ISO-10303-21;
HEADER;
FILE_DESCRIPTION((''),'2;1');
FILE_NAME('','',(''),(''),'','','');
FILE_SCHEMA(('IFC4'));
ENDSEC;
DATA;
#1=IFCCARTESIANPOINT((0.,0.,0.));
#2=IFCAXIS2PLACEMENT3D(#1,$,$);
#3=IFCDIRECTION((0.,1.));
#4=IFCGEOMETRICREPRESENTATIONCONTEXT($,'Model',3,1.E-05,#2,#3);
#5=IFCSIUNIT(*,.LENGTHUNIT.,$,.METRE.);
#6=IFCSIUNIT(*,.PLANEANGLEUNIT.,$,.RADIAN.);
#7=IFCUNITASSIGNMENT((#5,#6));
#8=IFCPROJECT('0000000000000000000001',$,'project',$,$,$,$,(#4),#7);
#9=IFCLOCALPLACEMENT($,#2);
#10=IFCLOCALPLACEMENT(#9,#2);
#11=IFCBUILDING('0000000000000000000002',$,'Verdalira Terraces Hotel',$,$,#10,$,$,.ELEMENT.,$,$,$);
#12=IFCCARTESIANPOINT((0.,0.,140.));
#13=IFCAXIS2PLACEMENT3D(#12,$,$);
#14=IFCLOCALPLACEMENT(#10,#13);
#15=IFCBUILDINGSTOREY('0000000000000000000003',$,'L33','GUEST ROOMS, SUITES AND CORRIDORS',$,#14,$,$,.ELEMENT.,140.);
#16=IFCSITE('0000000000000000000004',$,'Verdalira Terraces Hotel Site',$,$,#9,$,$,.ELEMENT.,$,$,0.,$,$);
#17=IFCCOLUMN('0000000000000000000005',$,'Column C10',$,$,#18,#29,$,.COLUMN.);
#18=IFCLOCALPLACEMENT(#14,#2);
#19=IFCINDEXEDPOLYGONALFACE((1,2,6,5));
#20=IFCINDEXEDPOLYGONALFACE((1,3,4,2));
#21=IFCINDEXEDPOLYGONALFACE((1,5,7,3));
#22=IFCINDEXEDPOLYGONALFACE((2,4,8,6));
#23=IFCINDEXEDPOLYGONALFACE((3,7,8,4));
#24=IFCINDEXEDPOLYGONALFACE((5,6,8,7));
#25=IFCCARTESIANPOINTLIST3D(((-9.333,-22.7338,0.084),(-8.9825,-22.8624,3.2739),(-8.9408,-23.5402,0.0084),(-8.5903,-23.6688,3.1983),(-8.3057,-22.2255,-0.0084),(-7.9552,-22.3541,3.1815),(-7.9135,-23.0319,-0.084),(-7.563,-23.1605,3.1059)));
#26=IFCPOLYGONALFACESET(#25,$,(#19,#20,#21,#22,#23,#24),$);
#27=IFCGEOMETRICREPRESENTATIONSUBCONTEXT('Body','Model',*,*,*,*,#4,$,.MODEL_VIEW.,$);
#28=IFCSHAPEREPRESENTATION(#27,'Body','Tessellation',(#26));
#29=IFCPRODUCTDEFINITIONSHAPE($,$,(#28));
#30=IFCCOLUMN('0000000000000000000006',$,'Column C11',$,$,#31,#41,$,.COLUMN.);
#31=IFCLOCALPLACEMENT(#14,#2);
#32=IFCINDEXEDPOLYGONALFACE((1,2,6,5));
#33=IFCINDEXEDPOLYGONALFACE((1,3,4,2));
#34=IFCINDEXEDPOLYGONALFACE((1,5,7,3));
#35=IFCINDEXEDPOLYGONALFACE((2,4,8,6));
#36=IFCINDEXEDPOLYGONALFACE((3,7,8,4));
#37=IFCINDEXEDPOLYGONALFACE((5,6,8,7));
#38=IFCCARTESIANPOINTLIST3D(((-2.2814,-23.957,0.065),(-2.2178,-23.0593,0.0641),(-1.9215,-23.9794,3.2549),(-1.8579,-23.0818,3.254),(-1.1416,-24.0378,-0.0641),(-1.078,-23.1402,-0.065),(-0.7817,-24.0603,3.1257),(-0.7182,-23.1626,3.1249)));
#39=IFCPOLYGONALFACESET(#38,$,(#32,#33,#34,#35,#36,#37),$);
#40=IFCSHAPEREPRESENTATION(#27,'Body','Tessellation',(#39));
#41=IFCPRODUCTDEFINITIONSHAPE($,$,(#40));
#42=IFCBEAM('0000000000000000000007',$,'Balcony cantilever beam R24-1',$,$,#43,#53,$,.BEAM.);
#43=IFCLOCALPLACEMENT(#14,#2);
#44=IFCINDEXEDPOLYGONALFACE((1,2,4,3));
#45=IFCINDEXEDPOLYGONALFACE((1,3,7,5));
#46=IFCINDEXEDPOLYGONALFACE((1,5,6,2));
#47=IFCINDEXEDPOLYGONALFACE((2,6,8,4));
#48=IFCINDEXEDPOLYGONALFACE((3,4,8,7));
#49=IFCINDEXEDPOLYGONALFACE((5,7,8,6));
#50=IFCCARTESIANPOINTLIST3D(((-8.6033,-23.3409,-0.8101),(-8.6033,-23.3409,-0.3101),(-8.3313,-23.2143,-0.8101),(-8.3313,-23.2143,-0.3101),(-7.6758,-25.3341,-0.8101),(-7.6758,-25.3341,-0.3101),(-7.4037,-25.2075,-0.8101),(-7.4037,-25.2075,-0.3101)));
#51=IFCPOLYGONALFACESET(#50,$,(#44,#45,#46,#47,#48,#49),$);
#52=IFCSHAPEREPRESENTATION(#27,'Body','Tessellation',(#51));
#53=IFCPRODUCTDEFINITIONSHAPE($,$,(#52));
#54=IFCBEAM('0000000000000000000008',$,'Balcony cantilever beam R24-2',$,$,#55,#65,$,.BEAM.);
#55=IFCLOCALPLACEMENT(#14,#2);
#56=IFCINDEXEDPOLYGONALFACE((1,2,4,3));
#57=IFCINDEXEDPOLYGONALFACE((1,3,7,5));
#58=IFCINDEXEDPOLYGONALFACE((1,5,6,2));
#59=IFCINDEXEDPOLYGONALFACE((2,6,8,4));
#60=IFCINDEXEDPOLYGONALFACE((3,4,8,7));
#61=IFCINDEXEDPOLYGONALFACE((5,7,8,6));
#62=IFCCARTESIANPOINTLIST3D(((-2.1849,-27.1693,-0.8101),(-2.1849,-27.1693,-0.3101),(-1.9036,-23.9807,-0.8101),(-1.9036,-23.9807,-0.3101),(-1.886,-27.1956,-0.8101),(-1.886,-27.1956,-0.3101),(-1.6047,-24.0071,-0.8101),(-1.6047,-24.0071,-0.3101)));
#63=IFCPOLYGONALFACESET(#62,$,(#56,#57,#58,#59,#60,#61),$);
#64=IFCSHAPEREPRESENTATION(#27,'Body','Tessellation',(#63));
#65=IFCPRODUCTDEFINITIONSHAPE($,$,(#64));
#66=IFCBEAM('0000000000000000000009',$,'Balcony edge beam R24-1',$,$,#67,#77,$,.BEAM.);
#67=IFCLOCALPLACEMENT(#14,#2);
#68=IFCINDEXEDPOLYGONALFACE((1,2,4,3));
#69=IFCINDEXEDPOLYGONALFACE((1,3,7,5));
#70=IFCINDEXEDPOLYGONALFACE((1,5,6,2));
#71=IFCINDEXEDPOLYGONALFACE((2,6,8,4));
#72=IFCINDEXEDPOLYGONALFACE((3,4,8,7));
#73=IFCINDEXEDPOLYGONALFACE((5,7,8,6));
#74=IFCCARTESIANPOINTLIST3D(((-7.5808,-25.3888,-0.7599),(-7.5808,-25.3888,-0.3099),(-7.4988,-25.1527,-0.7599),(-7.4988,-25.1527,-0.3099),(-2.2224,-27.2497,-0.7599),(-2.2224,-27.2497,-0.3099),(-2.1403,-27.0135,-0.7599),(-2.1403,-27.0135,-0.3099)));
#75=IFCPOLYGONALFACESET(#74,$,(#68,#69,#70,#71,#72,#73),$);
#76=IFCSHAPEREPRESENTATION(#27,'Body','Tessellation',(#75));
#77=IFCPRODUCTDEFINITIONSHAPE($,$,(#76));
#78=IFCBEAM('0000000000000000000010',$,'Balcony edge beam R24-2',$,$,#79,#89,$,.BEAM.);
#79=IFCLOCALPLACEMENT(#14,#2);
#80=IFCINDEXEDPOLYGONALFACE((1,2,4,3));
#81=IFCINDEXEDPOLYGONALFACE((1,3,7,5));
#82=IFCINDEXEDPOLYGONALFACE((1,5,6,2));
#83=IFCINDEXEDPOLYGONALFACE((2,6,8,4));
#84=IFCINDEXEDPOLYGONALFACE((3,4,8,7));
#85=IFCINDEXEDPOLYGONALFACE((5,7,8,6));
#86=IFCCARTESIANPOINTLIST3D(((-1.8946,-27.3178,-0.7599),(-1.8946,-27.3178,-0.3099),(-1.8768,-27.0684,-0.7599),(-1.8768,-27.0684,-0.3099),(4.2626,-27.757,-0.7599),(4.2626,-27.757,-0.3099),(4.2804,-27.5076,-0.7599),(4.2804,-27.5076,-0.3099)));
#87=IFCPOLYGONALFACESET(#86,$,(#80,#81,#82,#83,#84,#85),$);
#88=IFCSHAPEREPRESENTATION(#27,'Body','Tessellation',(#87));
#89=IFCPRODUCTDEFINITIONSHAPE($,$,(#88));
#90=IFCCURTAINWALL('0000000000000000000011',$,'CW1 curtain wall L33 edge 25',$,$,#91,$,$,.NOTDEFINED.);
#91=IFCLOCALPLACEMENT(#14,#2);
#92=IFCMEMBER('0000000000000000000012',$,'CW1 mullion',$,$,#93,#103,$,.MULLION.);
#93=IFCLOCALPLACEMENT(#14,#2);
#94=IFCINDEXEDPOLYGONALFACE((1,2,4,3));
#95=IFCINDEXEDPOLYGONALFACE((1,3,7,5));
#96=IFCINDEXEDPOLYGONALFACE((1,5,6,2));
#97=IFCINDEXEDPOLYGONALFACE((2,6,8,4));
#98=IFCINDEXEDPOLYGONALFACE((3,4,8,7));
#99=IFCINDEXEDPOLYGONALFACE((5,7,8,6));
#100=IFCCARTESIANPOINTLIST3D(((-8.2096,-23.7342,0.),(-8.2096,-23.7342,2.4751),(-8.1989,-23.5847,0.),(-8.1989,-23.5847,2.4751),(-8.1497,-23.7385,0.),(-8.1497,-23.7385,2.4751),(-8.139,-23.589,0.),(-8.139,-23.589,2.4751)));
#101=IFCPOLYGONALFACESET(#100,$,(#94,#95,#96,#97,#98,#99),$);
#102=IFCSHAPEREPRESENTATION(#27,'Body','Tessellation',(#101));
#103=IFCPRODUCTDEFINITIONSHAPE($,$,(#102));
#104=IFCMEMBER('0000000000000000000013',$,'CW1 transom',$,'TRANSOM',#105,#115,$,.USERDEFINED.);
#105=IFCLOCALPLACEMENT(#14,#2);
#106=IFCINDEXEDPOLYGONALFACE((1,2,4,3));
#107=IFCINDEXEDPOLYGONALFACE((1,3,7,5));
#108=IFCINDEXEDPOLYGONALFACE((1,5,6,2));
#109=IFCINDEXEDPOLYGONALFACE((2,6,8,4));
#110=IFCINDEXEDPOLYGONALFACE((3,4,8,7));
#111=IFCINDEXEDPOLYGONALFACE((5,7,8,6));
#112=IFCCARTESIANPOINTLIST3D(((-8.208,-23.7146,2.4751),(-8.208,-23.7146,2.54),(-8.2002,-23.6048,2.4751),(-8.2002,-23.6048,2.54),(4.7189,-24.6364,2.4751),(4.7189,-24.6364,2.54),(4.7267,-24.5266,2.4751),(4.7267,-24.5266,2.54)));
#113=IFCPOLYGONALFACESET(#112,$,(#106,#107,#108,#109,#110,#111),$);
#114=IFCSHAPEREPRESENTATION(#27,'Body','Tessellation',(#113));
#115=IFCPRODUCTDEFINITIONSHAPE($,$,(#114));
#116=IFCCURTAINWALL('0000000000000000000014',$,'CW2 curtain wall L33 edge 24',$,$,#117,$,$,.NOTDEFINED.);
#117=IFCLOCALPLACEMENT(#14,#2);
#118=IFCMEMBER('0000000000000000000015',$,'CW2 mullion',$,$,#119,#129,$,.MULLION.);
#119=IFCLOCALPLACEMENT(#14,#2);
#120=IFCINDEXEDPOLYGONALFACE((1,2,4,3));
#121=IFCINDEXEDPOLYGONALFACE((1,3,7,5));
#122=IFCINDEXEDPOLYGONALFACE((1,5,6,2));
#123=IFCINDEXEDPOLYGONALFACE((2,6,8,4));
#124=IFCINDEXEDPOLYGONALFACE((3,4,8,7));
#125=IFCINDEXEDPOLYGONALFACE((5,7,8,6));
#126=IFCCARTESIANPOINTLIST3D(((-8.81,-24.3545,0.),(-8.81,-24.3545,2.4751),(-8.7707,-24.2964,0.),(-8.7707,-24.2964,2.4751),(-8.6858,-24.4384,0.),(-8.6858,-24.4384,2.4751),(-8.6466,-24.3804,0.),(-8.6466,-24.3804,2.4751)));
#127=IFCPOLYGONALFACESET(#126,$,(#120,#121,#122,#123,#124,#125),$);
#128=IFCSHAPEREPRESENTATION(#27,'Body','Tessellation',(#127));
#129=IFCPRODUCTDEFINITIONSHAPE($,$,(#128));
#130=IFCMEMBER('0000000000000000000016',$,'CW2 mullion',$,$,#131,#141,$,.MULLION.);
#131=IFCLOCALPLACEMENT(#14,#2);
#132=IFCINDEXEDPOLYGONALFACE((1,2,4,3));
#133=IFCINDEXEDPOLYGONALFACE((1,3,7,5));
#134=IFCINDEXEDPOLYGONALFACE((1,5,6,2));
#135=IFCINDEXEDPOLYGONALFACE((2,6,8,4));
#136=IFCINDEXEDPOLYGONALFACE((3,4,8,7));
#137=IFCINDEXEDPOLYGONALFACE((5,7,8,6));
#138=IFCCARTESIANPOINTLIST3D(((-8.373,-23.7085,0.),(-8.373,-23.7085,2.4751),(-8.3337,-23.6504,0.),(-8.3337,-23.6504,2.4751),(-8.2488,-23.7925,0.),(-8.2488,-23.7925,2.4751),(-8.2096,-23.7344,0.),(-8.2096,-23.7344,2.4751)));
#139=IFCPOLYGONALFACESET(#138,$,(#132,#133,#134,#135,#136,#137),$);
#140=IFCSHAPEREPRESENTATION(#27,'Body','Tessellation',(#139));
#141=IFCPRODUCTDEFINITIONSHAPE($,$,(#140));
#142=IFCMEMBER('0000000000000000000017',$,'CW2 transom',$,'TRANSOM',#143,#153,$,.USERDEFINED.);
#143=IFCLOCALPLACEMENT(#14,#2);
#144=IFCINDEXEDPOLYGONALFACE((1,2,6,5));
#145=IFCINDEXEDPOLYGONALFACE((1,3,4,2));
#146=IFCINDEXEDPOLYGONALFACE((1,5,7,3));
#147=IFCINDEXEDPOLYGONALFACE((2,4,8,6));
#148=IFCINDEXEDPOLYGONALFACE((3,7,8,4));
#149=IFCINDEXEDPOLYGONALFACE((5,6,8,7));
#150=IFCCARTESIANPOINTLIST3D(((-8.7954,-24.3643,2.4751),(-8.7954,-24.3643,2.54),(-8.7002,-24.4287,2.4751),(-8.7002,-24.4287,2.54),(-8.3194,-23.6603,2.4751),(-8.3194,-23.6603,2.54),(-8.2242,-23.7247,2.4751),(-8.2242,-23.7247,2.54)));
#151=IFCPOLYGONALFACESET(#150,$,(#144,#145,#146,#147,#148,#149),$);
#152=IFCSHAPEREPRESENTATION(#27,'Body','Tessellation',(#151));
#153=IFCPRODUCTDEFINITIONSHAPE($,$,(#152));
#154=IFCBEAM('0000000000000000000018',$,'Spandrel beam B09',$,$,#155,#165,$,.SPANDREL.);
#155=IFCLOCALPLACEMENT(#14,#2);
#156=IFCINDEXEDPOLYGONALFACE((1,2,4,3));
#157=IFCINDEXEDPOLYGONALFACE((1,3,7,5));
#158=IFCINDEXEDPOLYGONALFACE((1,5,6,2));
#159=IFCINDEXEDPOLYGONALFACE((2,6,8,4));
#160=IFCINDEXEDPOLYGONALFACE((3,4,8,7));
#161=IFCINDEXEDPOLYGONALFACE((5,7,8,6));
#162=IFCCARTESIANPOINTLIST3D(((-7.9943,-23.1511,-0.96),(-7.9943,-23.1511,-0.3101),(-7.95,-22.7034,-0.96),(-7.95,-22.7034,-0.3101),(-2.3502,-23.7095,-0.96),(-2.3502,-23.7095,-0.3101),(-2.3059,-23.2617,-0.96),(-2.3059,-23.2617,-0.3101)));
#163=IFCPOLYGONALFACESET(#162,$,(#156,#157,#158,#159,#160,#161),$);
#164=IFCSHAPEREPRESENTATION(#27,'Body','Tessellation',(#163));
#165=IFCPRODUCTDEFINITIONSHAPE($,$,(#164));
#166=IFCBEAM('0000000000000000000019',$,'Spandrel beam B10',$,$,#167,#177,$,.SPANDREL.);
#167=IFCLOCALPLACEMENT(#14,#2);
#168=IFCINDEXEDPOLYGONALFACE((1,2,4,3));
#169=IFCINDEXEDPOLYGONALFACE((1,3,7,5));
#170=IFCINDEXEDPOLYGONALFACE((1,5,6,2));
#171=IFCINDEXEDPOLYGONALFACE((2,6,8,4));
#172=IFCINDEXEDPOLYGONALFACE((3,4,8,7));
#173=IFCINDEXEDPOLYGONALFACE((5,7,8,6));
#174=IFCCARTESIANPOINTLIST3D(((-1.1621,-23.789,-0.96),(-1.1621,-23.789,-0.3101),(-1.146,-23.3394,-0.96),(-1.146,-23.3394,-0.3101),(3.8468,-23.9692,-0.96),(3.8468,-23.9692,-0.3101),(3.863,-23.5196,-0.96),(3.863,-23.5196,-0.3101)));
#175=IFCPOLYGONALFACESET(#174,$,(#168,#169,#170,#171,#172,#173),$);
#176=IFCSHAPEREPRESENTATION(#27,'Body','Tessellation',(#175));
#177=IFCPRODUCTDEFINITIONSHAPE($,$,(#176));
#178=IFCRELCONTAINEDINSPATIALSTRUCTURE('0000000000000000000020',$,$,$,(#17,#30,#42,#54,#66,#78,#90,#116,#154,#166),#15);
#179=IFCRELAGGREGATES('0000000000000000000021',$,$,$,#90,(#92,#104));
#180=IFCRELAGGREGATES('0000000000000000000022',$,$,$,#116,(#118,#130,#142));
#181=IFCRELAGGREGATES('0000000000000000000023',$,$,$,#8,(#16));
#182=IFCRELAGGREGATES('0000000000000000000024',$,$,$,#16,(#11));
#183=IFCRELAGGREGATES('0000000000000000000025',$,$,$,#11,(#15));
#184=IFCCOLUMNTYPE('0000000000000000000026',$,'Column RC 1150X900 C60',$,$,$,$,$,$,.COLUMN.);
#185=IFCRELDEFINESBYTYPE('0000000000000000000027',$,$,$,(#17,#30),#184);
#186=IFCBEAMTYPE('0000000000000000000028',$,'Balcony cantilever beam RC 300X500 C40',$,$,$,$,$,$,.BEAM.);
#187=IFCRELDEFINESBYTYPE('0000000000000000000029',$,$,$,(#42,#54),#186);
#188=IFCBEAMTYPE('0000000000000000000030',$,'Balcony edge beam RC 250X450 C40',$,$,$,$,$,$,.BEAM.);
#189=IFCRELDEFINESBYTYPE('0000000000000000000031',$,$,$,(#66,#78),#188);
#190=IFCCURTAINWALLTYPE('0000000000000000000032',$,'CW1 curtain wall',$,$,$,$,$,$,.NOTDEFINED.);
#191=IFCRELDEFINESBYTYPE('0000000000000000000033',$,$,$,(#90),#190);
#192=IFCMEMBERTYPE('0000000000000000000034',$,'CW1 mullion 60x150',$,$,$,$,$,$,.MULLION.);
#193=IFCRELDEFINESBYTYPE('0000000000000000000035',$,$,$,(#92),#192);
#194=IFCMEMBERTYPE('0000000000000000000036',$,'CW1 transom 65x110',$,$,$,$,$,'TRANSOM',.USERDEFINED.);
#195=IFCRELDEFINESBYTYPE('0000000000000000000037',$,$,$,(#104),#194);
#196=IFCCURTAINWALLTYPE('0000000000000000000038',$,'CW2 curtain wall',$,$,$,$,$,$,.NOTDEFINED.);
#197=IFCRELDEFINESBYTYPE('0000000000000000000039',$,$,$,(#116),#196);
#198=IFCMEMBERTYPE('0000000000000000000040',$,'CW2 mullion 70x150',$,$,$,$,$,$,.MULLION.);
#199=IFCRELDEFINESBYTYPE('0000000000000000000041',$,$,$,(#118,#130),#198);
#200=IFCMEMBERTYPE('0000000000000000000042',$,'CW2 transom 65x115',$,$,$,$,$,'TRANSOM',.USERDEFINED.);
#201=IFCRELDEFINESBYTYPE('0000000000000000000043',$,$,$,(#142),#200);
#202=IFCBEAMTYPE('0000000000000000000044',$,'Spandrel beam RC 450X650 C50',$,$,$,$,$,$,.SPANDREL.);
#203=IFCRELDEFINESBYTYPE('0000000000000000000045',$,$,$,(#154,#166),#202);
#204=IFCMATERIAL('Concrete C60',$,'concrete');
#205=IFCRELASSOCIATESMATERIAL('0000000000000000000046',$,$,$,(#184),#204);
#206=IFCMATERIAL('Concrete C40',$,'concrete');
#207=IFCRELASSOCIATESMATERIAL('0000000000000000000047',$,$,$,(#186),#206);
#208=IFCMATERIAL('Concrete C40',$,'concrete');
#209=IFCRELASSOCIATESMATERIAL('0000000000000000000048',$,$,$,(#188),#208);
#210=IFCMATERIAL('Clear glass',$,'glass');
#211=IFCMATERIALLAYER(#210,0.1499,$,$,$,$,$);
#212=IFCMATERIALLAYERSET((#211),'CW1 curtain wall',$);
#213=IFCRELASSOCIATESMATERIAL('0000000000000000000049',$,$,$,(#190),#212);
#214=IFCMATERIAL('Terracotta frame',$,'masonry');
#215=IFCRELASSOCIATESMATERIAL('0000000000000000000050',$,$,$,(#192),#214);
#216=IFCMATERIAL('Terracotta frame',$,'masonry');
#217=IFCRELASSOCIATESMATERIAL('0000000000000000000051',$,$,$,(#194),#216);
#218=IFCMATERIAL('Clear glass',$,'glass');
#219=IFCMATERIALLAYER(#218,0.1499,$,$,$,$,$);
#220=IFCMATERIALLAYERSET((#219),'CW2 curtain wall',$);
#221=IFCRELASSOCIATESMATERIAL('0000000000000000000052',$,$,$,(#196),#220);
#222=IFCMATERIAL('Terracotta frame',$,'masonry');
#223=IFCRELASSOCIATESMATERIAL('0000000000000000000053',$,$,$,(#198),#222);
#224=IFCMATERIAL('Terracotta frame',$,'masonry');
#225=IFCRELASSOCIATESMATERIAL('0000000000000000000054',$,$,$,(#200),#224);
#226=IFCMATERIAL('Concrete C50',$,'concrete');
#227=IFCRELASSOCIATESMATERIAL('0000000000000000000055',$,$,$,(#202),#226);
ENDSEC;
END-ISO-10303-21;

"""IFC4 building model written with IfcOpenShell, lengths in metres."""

from ifc_helpers import new_model, si_unit, direction, frame, origin, origin_2d, place, context, subcontext, project, spatial, rectangle, extrude, material, layer, layer_set, material_profile, profile_set, type_object, element, aggregate, save


model = new_model("IFC4")

# Units and contexts
model_context = context("Model", 3, precision=1e-05, world=origin(), true_north=direction((0.0, 1.0)))
body_context = subcontext(model_context, "Body", "Model", "MODEL_VIEW")
ifc_project = project(units=[si_unit("LENGTHUNIT", "METRE"), si_unit("PLANEANGLEUNIT", "RADIAN")], contexts=[model_context])

# Site, building, storey
site_placement = place(None, origin())
site = spatial("IfcSite", under=ifc_project, at=site_placement, Name="Verdalira Terraces Hotel Site", CompositionType="ELEMENT", RefElevation=0.0)
building_placement = place(site_placement, origin())
building = spatial("IfcBuilding", under=site, at=building_placement, Name="Verdalira Terraces Hotel", CompositionType="ELEMENT")
storey_placement = place(building_placement, frame((0.0, 0.0, 140.0)))
storey = spatial("IfcBuildingStorey", under=building, at=storey_placement, Name="L33", Description="GUEST ROOMS, SUITES AND CORRIDORS", CompositionType="ELEMENT", Elevation=140.0)

# Columns
ifc_material_1 = material(Name="Concrete C60", Category="concrete")
ifc_material_profile_1 = material_profile(ifc_material_1, rectangle(XDim=1.1499, YDim=0.8999, at=origin_2d()), Name="RC 1150X900")
ifc_profile_set_1 = profile_set([ifc_material_profile_1], Name="Concrete C60")
column_type = type_object("IfcColumnType", Name="Column RC 1150X900 C60", PredefinedType="COLUMN", material=ifc_profile_set_1)
column_1_placement = place(storey_placement, frame((-8.6233, -22.8828, 0.0), z_axis=(0.109158, -0.04006, 0.993217), x_axis=(-0.893389, -0.44204, 0.080358)))
element("IfcColumn", 1, at=column_1_placement, inside=storey, type_object=column_type, Name="Column C10", PredefinedType="COLUMN", context=body_context, shape_type="SweptSolid", body=[
    extrude(rectangle(XDim=1.1499, YDim=0.8999, at=origin_2d()), origin(), (0.0, 0.0, 1.0), 3.2117),
])
column_2_placement = place(storey_placement, frame((-1.6797, -23.5486, 0.0), z_axis=(0.112098, -0.006997, 0.993673), x_axis=(0.991182, -0.070313, -0.112312)))
element("IfcColumn", 2, at=column_2_placement, inside=storey, type_object=column_type, Name="Column C11", PredefinedType="COLUMN", context=body_context, shape_type="SweptSolid", body=[
    extrude(rectangle(XDim=1.1499, YDim=0.8999, at=origin_2d()), origin(), (0.0, 0.0, 1.0), 3.2102),
])

# Beams
ifc_material_2 = material(Name="Concrete C40", Category="concrete")
ifc_material_profile_2 = material_profile(ifc_material_2, rectangle(XDim=0.3, YDim=0.5, at=origin_2d()), Name="RC 300X500")
ifc_profile_set_2 = profile_set([ifc_material_profile_2], Name="Concrete C40")
beam_type_1 = type_object("IfcBeamType", Name="Balcony cantilever beam RC 300X500 C40", PredefinedType="BEAM", material=ifc_profile_set_2)
beam_1_placement = place(storey_placement, frame((-8.4673, -23.2776, -0.5601), z_axis=(0.421894, -0.906645, 0.0), x_axis=(0.906645, 0.421894, 0.0)))
element("IfcBeam", 3, at=beam_1_placement, inside=storey, type_object=beam_type_1, Name="Balcony cantilever beam R24-1", PredefinedType="BEAM", context=body_context, shape_type="SweptSolid", body=[
    extrude(rectangle(XDim=0.3, YDim=0.5, at=origin_2d()), origin(), (0.0, 0.0, 1.0), 2.1985),
])
beam_2_placement = place(storey_placement, frame((-1.7542, -23.9939, -0.5601), z_axis=(-0.087867, -0.996132, 0.0), x_axis=(0.996132, -0.087867, 0.0)))
element("IfcBeam", 4, at=beam_2_placement, inside=storey, type_object=beam_type_1, Name="Balcony cantilever beam R24-2", PredefinedType="BEAM", context=body_context, shape_type="SweptSolid", body=[
    extrude(rectangle(XDim=0.3, YDim=0.5, at=origin_2d()), origin(), (0.0, 0.0, 1.0), 3.2009),
])
ifc_material_3 = material(Name="Concrete C40", Category="concrete")
ifc_material_profile_3 = material_profile(ifc_material_3, rectangle(XDim=0.25, YDim=0.45, at=origin_2d()), Name="RC 250X450")
ifc_profile_set_3 = profile_set([ifc_material_profile_3], Name="Concrete C40")
beam_type_2 = type_object("IfcBeamType", Name="Balcony edge beam RC 250X450 C40", PredefinedType="BEAM", material=ifc_profile_set_3)
beam_3_placement = place(storey_placement, frame((-7.5398, -25.2708, -0.5349), z_axis=(0.944658, -0.328056, 0.0), x_axis=(0.328056, 0.944658, 0.0)))
element("IfcBeam", 5, at=beam_3_placement, inside=storey, type_object=beam_type_2, Name="Balcony edge beam R24-1", PredefinedType="BEAM", context=body_context, shape_type="SweptSolid", body=[
    extrude(rectangle(XDim=0.25, YDim=0.45, at=origin_2d()), origin(), (0.0, 0.0, 1.0), 5.6724),
])
beam_4_placement = place(storey_placement, frame((-1.8857, -27.1931, -0.5349), z_axis=(0.997466, -0.071151, 0.0), x_axis=(0.071151, 0.997466, 0.0)))
element("IfcBeam", 6, at=beam_4_placement, inside=storey, type_object=beam_type_2, Name="Balcony edge beam R24-2", PredefinedType="BEAM", context=body_context, shape_type="SweptSolid", body=[
    extrude(rectangle(XDim=0.25, YDim=0.45, at=origin_2d()), origin(), (0.0, 0.0, 1.0), 6.1729),
])

# Curtain walls, members
ifc_material_4 = material(Name="Clear glass", Category="glass")
ifc_layer_1 = layer(ifc_material_4, 0.1499)
ifc_layer_set_1 = layer_set([ifc_layer_1], Name="CW1 curtain wall")
curtain_wall_type_1 = type_object("IfcCurtainWallType", Name="CW1 curtain wall", PredefinedType="NOTDEFINED", material=ifc_layer_set_1)
curtain_wall_1_placement = place(storey_placement, origin())
curtain_wall_1 = element("IfcCurtainWall", 7, at=curtain_wall_1_placement, inside=storey, type_object=curtain_wall_type_1, Name="CW1 curtain wall L33 edge 25", PredefinedType="NOTDEFINED")
ifc_material_5 = material(Name="Terracotta frame", Category="masonry")
ifc_material_profile_4 = material_profile(ifc_material_5, rectangle(XDim=0.0601, YDim=0.1499, at=origin_2d()), Name="MU 60x150")
ifc_profile_set_4 = profile_set([ifc_material_profile_4], Name="Terracotta frame")
member_type_1 = type_object("IfcMemberType", Name="CW1 mullion 60x150", PredefinedType="MULLION", material=ifc_profile_set_4)
member_1_placement = place(storey_placement, frame((-8.1743, -23.6616, 0.0), z_axis=(0.0, 0.0, 1.0), x_axis=(0.997466, -0.071149, 0.0)))
member_1 = element("IfcMember", 8, at=member_1_placement, type_object=member_type_1, Name="CW1 mullion", PredefinedType="MULLION", context=body_context, shape_type="SweptSolid", body=[
    extrude(rectangle(XDim=0.0601, YDim=0.1499, at=origin_2d()), origin(), (0.0, 0.0, 1.0), 2.4751),
])
ifc_material_6 = material(Name="Terracotta frame", Category="masonry")
ifc_material_profile_5 = material_profile(ifc_material_6, rectangle(XDim=0.1101, YDim=0.0649, at=origin_2d()), Name="TR 65x110")
ifc_profile_set_5 = profile_set([ifc_material_profile_5], Name="Terracotta frame")
member_type_2 = type_object("IfcMemberType", Name="CW1 transom 65x110", ElementType="TRANSOM", PredefinedType="USERDEFINED", material=ifc_profile_set_5)
member_2_placement = place(storey_placement, frame((-8.2041, -23.6597, 2.5076), z_axis=(0.997467, -0.071133, 0.0), x_axis=(0.071133, 0.997467, 0.0)))
member_2 = element("IfcMember", 9, at=member_2_placement, type_object=member_type_2, Name="CW1 transom", ObjectType="TRANSOM", PredefinedType="USERDEFINED", context=body_context, shape_type="SweptSolid", body=[
    extrude(rectangle(XDim=0.1101, YDim=0.0649, at=origin_2d()), origin(), (0.0, 0.0, 1.0), 12.9597),
])
ifc_material_7 = material(Name="Clear glass", Category="glass")
ifc_layer_2 = layer(ifc_material_7, 0.1499)
ifc_layer_set_2 = layer_set([ifc_layer_2], Name="CW2 curtain wall")
curtain_wall_type_2 = type_object("IfcCurtainWallType", Name="CW2 curtain wall", PredefinedType="NOTDEFINED", material=ifc_layer_set_2)
curtain_wall_2_placement = place(storey_placement, origin())
curtain_wall_2 = element("IfcCurtainWall", 10, at=curtain_wall_2_placement, inside=storey, type_object=curtain_wall_type_2, Name="CW2 curtain wall L33 edge 24", PredefinedType="NOTDEFINED")
ifc_material_8 = material(Name="Terracotta frame", Category="masonry")
ifc_material_profile_6 = material_profile(ifc_material_8, rectangle(XDim=0.0701, YDim=0.1499, at=origin_2d()), Name="MU 70x150")
ifc_profile_set_6 = profile_set([ifc_material_profile_6], Name="Terracotta frame")
member_type_3 = type_object("IfcMemberType", Name="CW2 mullion 70x150", PredefinedType="MULLION", material=ifc_profile_set_6)
member_3_placement = place(storey_placement, frame((-8.7283, -24.3674, 0.0), z_axis=(0.0, 0.0, 1.0), x_axis=(0.56035, 0.828256, 0.0)))
member_3 = element("IfcMember", 11, at=member_3_placement, type_object=member_type_3, Name="CW2 mullion", PredefinedType="MULLION", context=body_context, shape_type="SweptSolid", body=[
    extrude(rectangle(XDim=0.0701, YDim=0.1499, at=origin_2d()), origin(), (0.0, 0.0, 1.0), 2.4751),
])
member_4_placement = place(storey_placement, frame((-8.2913, -23.7214, 0.0), z_axis=(0.0, 0.0, 1.0), x_axis=(0.56035, 0.828256, 0.0)))
member_4 = element("IfcMember", 12, at=member_4_placement, type_object=member_type_3, Name="CW2 mullion", PredefinedType="MULLION", context=body_context, shape_type="SweptSolid", body=[
    extrude(rectangle(XDim=0.0701, YDim=0.1499, at=origin_2d()), origin(), (0.0, 0.0, 1.0), 2.4751),
])
ifc_material_9 = material(Name="Terracotta frame", Category="masonry")
ifc_material_profile_7 = material_profile(ifc_material_9, rectangle(XDim=0.115, YDim=0.0649, at=origin_2d()), Name="TR 65x115")
ifc_profile_set_7 = profile_set([ifc_material_profile_7], Name="Terracotta frame")
member_type_4 = type_object("IfcMemberType", Name="CW2 transom 65x115", ElementType="TRANSOM", PredefinedType="USERDEFINED", material=ifc_profile_set_7)
member_5_placement = place(storey_placement, frame((-8.7478, -24.3965, 2.5076), z_axis=(0.560124, 0.828409, 0.0), x_axis=(-0.828409, 0.560124, 0.0)))
member_5 = element("IfcMember", 13, at=member_5_placement, type_object=member_type_4, Name="CW2 transom", ObjectType="TRANSOM", PredefinedType="USERDEFINED", context=body_context, shape_type="SweptSolid", body=[
    extrude(rectangle(XDim=0.115, YDim=0.0649, at=origin_2d()), origin(), (0.0, 0.0, 1.0), 0.8499),
])

# Beams
ifc_material_10 = material(Name="Concrete C50", Category="concrete")
ifc_material_profile_8 = material_profile(ifc_material_10, rectangle(XDim=0.45, YDim=0.6499, at=origin_2d()), Name="RC 450X650")
ifc_profile_set_8 = profile_set([ifc_material_profile_8], Name="Concrete C50")
beam_type_3 = type_object("IfcBeamType", Name="Spandrel beam RC 450X650 C50", PredefinedType="SPANDREL", material=ifc_profile_set_8)
beam_5_placement = place(storey_placement, frame((-7.9722, -22.9272, -0.635), z_axis=(0.995142, -0.098447, 0.0), x_axis=(0.098447, 0.995142, 0.0)))
element("IfcBeam", 14, at=beam_5_placement, inside=storey, type_object=beam_type_3, Name="Spandrel beam B09", PredefinedType="SPANDREL", context=body_context, shape_type="SweptSolid", body=[
    extrude(rectangle(XDim=0.45, YDim=0.6499, at=origin_2d()), origin(), (0.0, 0.0, 1.0), 5.6716),
])
beam_6_placement = place(storey_placement, frame((-1.1541, -23.5642, -0.635), z_axis=(0.999354, -0.035947, 0.0), x_axis=(0.035947, 0.999354, 0.0)))
element("IfcBeam", 15, at=beam_6_placement, inside=storey, type_object=beam_type_3, Name="Spandrel beam B10", PredefinedType="SPANDREL", context=body_context, shape_type="SweptSolid", body=[
    extrude(rectangle(XDim=0.45, YDim=0.6499, at=origin_2d()), origin(), (0.0, 0.0, 1.0), 5.0122),
])

aggregate(curtain_wall_1, [member_1, member_2])
aggregate(curtain_wall_2, [member_3, member_4, member_5])

save(model, "model.ifc")
